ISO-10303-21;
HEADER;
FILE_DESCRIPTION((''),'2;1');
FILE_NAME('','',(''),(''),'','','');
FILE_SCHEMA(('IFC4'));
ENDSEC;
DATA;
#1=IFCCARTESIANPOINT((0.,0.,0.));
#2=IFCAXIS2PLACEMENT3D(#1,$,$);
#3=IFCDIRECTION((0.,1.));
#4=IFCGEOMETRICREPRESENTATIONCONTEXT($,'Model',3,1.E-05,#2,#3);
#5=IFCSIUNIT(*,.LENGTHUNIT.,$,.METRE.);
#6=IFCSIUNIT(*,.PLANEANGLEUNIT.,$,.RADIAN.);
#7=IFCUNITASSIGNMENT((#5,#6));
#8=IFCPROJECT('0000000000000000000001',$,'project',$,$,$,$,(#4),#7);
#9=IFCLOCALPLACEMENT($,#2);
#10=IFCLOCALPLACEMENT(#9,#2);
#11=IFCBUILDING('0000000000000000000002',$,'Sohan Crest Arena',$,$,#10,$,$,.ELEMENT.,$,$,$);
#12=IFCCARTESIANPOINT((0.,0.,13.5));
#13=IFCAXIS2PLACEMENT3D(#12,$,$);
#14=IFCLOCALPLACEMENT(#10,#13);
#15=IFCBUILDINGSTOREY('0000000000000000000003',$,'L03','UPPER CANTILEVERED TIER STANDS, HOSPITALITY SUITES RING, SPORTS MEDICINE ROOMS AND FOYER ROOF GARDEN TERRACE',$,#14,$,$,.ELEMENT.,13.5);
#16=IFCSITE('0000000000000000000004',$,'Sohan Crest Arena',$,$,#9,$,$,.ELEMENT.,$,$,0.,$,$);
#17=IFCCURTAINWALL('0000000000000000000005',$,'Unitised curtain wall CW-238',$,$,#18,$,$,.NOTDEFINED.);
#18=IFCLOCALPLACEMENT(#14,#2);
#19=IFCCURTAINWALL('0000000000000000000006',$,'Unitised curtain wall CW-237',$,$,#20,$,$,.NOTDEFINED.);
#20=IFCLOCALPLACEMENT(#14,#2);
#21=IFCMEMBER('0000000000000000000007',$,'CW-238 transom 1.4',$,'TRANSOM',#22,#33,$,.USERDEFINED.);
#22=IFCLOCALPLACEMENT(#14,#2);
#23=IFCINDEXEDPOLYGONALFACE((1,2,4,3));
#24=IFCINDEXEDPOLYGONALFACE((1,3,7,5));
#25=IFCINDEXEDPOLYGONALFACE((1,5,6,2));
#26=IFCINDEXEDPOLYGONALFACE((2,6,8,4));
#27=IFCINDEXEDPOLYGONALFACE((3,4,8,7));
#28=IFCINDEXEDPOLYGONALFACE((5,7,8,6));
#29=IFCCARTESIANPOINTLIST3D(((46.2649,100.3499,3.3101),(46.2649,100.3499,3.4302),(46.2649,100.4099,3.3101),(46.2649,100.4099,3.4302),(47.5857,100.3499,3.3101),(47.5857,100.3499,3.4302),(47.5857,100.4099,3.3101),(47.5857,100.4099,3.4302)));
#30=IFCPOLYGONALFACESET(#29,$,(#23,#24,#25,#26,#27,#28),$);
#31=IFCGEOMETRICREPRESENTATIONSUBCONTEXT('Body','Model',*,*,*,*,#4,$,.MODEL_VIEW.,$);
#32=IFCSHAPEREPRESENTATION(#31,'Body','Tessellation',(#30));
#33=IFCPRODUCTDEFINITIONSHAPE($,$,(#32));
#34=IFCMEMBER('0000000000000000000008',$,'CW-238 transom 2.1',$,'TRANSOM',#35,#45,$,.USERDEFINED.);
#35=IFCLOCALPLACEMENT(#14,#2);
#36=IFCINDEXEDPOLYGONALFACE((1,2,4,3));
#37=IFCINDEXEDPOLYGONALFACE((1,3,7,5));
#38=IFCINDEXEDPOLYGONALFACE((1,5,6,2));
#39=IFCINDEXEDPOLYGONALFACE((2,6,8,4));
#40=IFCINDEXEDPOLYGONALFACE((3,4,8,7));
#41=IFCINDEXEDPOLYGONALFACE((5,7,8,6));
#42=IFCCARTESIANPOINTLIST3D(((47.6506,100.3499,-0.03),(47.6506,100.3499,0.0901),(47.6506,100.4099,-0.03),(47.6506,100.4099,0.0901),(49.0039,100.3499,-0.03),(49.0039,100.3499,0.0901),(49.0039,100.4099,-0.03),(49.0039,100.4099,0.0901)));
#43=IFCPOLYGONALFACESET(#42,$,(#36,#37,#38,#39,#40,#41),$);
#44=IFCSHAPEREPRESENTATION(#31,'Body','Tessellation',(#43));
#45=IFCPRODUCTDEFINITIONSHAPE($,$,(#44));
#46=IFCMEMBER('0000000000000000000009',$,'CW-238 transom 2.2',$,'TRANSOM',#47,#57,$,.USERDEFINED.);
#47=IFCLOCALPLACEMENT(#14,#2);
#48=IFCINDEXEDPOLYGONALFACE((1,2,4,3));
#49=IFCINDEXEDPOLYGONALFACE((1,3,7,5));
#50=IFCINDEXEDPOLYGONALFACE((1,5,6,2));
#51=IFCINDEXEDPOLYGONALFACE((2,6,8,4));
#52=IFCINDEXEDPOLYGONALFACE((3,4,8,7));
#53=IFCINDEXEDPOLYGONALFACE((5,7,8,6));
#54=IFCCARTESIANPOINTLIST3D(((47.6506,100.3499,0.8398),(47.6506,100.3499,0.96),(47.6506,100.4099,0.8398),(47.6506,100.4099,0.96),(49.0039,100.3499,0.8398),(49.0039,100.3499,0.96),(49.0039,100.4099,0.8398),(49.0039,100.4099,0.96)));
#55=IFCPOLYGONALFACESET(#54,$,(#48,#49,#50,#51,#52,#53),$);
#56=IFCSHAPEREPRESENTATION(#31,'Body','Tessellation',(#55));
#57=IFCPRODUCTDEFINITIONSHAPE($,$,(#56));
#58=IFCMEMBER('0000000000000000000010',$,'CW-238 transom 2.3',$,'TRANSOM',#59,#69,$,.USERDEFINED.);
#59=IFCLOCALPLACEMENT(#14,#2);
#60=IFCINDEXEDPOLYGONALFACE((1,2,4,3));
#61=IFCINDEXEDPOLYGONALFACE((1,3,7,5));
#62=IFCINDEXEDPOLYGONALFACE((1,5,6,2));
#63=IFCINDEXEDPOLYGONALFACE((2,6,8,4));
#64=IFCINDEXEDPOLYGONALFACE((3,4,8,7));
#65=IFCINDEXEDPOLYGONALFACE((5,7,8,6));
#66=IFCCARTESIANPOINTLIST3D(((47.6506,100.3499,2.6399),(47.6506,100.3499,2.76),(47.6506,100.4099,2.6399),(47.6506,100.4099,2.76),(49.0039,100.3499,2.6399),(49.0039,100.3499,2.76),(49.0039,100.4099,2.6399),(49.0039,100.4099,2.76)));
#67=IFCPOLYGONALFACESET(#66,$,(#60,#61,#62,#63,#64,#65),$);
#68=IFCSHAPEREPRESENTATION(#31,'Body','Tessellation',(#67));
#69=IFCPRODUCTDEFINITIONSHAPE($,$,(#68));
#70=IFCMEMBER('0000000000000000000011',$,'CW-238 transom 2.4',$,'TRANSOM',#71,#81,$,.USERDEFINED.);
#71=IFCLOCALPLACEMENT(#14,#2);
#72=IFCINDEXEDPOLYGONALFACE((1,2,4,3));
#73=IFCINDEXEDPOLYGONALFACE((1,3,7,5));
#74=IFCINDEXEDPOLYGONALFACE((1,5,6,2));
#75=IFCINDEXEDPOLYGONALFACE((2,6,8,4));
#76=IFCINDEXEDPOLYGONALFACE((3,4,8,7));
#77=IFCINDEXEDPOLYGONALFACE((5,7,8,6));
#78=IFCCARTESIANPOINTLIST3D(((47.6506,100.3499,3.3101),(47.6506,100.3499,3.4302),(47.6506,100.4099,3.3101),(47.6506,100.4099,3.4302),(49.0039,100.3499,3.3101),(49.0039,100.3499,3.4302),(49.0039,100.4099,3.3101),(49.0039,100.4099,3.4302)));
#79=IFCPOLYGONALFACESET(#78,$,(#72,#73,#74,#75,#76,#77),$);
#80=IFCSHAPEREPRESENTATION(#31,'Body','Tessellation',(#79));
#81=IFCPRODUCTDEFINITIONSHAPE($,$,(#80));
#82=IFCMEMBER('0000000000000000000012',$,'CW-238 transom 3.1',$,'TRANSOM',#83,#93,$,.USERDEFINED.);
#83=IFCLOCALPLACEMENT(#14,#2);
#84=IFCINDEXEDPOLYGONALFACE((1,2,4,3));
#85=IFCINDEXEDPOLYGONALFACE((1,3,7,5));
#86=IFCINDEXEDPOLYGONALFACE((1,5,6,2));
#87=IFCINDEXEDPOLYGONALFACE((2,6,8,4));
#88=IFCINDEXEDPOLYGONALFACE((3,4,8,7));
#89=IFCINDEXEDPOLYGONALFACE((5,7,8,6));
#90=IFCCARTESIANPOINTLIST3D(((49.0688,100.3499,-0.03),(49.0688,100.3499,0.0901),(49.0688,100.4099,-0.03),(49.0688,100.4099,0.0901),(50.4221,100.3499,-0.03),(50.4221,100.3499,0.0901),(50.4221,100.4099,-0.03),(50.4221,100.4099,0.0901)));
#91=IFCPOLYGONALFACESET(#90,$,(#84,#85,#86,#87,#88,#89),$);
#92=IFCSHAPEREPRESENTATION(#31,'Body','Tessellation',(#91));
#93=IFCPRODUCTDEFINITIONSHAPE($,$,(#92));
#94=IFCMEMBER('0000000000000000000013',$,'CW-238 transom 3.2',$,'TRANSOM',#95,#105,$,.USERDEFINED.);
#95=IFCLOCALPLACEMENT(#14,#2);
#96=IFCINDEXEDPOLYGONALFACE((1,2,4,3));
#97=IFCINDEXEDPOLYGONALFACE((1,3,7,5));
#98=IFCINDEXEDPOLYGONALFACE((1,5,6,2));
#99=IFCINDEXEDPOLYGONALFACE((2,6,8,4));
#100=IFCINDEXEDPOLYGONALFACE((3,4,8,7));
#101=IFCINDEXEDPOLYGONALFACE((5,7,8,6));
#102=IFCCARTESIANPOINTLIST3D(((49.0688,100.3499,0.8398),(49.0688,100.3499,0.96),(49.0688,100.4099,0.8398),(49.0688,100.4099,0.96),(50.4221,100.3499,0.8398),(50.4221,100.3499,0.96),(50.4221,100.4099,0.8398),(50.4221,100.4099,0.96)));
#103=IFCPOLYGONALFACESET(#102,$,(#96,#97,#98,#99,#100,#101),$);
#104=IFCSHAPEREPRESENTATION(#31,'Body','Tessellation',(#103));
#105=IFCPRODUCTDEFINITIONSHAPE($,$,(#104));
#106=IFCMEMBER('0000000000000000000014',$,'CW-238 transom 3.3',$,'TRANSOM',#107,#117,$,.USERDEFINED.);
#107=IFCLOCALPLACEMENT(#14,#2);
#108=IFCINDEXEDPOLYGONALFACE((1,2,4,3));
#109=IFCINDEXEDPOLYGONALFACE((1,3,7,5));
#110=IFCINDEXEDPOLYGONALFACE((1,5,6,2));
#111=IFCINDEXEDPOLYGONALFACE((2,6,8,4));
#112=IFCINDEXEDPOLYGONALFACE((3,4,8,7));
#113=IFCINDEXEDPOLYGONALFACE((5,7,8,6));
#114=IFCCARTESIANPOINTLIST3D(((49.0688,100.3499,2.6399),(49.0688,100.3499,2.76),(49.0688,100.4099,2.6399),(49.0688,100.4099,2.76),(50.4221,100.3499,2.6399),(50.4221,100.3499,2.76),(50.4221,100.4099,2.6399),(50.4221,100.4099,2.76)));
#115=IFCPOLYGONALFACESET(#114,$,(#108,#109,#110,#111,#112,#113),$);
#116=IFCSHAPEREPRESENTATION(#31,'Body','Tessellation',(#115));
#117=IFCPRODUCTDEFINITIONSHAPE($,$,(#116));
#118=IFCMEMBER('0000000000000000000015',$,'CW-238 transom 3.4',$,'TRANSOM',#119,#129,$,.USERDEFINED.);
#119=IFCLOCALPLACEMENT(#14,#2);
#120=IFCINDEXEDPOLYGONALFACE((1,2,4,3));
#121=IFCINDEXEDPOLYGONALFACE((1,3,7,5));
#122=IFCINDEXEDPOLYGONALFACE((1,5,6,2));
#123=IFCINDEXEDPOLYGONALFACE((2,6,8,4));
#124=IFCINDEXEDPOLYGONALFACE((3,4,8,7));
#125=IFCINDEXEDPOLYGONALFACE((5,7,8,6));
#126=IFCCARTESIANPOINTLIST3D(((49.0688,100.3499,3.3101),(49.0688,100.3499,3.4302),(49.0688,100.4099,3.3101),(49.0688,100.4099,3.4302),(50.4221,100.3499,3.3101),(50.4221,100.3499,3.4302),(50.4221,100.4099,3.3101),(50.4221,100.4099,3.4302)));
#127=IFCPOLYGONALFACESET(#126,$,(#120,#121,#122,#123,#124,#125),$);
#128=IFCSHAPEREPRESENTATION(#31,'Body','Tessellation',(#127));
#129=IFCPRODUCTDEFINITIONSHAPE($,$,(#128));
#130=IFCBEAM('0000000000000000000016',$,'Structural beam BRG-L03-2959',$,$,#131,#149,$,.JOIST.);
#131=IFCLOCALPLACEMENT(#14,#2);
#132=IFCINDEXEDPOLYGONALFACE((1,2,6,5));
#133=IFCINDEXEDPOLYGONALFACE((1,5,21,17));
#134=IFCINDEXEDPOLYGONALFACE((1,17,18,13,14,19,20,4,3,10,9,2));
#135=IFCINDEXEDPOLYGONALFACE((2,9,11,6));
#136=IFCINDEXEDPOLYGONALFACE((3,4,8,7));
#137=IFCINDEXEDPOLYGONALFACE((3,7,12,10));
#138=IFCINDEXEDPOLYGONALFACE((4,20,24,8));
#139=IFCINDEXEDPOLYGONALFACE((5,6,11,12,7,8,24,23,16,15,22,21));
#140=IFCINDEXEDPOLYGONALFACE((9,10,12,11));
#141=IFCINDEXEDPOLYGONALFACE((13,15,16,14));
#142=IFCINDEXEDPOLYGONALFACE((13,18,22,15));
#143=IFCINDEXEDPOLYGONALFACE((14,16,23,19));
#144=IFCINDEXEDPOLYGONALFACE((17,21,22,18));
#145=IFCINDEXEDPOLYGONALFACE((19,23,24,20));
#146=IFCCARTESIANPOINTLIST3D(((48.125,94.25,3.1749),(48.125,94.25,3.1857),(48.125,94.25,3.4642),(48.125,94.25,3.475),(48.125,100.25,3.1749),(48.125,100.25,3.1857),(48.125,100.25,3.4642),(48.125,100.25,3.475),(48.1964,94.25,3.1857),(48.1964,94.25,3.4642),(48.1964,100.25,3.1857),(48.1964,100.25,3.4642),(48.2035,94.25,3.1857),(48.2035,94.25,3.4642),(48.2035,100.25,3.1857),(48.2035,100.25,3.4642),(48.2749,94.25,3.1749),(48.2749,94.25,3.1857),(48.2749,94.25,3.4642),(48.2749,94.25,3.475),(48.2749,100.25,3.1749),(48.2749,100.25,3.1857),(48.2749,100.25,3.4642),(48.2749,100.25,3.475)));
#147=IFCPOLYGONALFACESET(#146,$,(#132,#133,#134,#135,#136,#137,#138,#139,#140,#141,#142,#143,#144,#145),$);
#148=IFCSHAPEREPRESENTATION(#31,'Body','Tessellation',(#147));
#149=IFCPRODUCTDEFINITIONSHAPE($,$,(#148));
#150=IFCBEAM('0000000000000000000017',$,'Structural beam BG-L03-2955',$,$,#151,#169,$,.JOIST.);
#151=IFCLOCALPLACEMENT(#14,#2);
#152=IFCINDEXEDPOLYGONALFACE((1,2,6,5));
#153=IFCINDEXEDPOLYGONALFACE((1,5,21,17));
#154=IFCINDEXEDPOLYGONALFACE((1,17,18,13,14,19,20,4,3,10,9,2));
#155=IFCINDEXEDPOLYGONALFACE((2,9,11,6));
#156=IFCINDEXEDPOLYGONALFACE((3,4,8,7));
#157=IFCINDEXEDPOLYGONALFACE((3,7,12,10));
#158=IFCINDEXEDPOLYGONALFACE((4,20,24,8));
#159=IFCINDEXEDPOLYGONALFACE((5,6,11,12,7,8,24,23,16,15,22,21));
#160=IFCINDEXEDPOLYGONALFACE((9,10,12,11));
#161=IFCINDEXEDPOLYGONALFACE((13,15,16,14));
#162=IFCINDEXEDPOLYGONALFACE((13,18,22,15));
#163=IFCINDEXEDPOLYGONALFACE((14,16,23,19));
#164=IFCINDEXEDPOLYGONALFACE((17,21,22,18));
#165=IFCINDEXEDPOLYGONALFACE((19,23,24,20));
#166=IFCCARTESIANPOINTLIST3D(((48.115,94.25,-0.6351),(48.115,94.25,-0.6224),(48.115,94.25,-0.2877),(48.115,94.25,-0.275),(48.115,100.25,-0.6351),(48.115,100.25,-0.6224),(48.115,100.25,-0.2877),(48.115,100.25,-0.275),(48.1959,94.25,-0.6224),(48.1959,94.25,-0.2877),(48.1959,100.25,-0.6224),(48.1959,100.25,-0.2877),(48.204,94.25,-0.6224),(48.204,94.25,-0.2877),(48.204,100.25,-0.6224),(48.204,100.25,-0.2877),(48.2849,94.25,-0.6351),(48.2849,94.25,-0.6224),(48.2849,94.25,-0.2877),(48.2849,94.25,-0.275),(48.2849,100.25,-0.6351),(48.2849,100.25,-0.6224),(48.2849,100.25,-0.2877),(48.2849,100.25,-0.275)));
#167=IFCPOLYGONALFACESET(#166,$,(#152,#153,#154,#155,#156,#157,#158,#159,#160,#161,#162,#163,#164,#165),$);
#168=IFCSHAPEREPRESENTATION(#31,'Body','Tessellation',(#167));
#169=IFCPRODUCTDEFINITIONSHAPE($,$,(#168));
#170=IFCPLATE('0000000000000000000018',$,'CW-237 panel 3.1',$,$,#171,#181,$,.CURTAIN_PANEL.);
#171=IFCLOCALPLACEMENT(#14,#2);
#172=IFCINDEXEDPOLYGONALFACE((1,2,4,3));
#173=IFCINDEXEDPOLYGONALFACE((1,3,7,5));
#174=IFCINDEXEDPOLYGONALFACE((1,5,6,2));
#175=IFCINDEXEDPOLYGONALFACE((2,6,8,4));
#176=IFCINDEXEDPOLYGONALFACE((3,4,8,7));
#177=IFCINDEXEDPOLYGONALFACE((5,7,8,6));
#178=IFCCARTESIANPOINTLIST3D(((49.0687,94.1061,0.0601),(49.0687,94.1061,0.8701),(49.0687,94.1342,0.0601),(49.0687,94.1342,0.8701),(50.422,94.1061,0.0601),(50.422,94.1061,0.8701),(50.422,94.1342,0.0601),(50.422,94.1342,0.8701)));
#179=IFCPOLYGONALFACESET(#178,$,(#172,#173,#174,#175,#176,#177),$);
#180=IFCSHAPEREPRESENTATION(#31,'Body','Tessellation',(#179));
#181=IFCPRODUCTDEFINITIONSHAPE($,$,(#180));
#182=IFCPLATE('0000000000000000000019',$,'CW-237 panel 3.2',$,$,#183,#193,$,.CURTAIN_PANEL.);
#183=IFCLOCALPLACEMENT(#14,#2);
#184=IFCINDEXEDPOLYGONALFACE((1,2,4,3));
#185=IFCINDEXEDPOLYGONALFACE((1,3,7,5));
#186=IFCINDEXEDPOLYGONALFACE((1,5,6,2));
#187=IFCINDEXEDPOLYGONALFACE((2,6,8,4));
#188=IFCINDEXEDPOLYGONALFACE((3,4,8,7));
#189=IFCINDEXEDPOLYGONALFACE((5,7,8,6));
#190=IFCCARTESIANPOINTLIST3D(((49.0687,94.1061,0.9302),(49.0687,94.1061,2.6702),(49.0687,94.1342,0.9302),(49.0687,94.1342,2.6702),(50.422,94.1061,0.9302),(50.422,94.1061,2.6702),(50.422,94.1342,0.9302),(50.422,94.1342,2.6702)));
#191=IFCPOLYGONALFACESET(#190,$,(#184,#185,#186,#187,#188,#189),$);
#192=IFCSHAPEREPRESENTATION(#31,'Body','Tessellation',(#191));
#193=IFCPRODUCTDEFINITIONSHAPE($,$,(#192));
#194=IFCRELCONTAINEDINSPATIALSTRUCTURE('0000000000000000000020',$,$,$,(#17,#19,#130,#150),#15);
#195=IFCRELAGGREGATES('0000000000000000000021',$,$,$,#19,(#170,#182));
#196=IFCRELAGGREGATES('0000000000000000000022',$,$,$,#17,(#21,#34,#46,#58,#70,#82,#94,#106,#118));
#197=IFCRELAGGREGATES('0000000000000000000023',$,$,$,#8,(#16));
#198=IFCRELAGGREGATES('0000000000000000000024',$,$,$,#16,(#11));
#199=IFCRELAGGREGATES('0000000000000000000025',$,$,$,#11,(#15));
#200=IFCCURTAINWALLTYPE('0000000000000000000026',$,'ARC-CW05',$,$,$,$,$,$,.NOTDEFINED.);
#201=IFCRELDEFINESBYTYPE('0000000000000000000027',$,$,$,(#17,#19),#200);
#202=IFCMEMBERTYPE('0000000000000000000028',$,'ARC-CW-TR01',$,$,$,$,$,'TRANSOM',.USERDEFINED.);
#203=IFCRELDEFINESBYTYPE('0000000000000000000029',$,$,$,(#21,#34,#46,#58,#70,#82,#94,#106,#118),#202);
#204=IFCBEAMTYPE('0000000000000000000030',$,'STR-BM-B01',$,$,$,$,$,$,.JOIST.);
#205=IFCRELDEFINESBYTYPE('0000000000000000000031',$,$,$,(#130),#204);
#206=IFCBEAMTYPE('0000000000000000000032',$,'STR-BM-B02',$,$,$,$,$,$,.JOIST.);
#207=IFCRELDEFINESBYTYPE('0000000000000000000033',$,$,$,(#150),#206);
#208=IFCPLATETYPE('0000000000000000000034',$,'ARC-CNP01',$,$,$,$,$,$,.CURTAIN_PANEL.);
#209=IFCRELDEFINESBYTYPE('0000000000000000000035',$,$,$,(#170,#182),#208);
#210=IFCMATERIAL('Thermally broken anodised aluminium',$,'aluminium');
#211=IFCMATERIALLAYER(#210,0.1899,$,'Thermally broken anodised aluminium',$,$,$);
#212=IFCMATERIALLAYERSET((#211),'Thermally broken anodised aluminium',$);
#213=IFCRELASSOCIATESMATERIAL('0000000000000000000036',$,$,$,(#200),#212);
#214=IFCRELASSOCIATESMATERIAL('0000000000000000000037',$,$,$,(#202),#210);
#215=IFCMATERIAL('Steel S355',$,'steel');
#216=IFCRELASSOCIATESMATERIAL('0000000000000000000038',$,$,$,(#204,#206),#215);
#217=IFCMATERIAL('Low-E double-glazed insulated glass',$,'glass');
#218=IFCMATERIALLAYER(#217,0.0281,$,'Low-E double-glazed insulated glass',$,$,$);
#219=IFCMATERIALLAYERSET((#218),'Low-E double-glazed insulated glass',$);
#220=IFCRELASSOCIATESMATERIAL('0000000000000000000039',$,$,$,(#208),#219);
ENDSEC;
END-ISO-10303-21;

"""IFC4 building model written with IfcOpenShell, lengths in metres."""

from ifc_helpers import new_model, si_unit, direction, frame, origin, origin_2d, place, context, subcontext, project, spatial, rectangle, i_section, extrude, material, layer, layer_set, material_profile, profile_set, type_object, element, aggregate, save


model = new_model("IFC4")

# Units and contexts
model_context = context("Model", 3, precision=1e-05, world=origin(), true_north=direction((0.0, 1.0)))
body_context = subcontext(model_context, "Body", "Model", "MODEL_VIEW")
ifc_project = project(units=[si_unit("LENGTHUNIT", "METRE"), si_unit("PLANEANGLEUNIT", "RADIAN")], contexts=[model_context])

# Site, building, storey
site_placement = place(None, origin())
site = spatial("IfcSite", under=ifc_project, at=site_placement, Name="Sohan Crest Arena", CompositionType="ELEMENT", RefElevation=0.0)
building_placement = place(site_placement, origin())
building = spatial("IfcBuilding", under=site, at=building_placement, Name="Sohan Crest Arena", CompositionType="ELEMENT")
storey_placement = place(building_placement, frame((0.0, 0.0, 13.5)))
storey = spatial("IfcBuildingStorey", under=building, at=storey_placement, Name="L03", Description="UPPER CANTILEVERED TIER STANDS, HOSPITALITY SUITES RING, SPORTS MEDICINE ROOMS AND FOYER ROOF GARDEN TERRACE", CompositionType="ELEMENT", Elevation=13.5)

# Shared definitions
ifc_material_1 = material(Name="Steel S355", Category="steel")

# Curtain walls
ifc_material_2 = material(Name="Thermally broken anodised aluminium", Category="aluminium")
ifc_layer_1 = layer(ifc_material_2, 0.1899, Name="Thermally broken anodised aluminium")
ifc_layer_set_1 = layer_set([ifc_layer_1], Name="Thermally broken anodised aluminium")
curtain_wall_type = type_object("IfcCurtainWallType", Name="ARC-CW05", PredefinedType="NOTDEFINED", material=ifc_layer_set_1)
curtain_wall_1_placement = place(storey_placement, origin())
curtain_wall_1 = element("IfcCurtainWall", 1, at=curtain_wall_1_placement, inside=storey, type_object=curtain_wall_type, Name="Unitised curtain wall CW-238", PredefinedType="NOTDEFINED")
curtain_wall_2_placement = place(storey_placement, origin())
curtain_wall_2 = element("IfcCurtainWall", 2, at=curtain_wall_2_placement, inside=storey, type_object=curtain_wall_type, Name="Unitised curtain wall CW-237", PredefinedType="NOTDEFINED")
ifc_material_profile_1 = material_profile(ifc_material_2, rectangle(XDim=0.0601, YDim=0.1201, at=origin_2d()), Name="ALU-TRAN 60x120")
ifc_profile_set_1 = profile_set([ifc_material_profile_1], Name="Thermally broken anodised aluminium")
member_type_1 = type_object("IfcMemberType", Name="ARC-CW-TR01", ElementType="TRANSOM", PredefinedType="USERDEFINED", material=ifc_profile_set_1)

# Members
member_1_placement = place(storey_placement, frame((46.2649, 100.3799, 3.3701), z_axis=(1.0, 0.0, 0.0), x_axis=(0.0, 1.0, 0.0)))
member_1 = element("IfcMember", 3, at=member_1_placement, type_object=member_type_1, Name="CW-238 transom 1.4", ObjectType="TRANSOM", PredefinedType="USERDEFINED", context=body_context, shape_type="SweptSolid", body=[
    extrude(rectangle(XDim=0.0601, YDim=0.1201, at=origin_2d()), origin(), (0.0, 0.0, 1.0), 1.3208),
])
member_2_placement = place(storey_placement, frame((47.6506, 100.3799, 0.03), z_axis=(1.0, 0.0, 0.0), x_axis=(0.0, 1.0, 0.0)))
member_2 = element("IfcMember", 4, at=member_2_placement, type_object=member_type_1, Name="CW-238 transom 2.1", ObjectType="TRANSOM", PredefinedType="USERDEFINED", context=body_context, shape_type="SweptSolid", body=[
    extrude(rectangle(XDim=0.0601, YDim=0.1201, at=origin_2d()), origin(), (0.0, 0.0, 1.0), 1.3533),
])
member_3_placement = place(storey_placement, frame((47.6506, 100.3799, 0.8999), z_axis=(1.0, 0.0, 0.0), x_axis=(0.0, 1.0, 0.0)))
member_3 = element("IfcMember", 5, at=member_3_placement, type_object=member_type_1, Name="CW-238 transom 2.2", ObjectType="TRANSOM", PredefinedType="USERDEFINED", context=body_context, shape_type="SweptSolid", body=[
    extrude(rectangle(XDim=0.0601, YDim=0.1201, at=origin_2d()), origin(), (0.0, 0.0, 1.0), 1.3533),
])
member_4_placement = place(storey_placement, frame((47.6506, 100.3799, 2.7), z_axis=(1.0, 0.0, 0.0), x_axis=(0.0, 1.0, 0.0)))
member_4 = element("IfcMember", 6, at=member_4_placement, type_object=member_type_1, Name="CW-238 transom 2.3", ObjectType="TRANSOM", PredefinedType="USERDEFINED", context=body_context, shape_type="SweptSolid", body=[
    extrude(rectangle(XDim=0.0601, YDim=0.1201, at=origin_2d()), origin(), (0.0, 0.0, 1.0), 1.3533),
])
member_5_placement = place(storey_placement, frame((47.6506, 100.3799, 3.3701), z_axis=(1.0, 0.0, 0.0), x_axis=(0.0, 1.0, 0.0)))
member_5 = element("IfcMember", 7, at=member_5_placement, type_object=member_type_1, Name="CW-238 transom 2.4", ObjectType="TRANSOM", PredefinedType="USERDEFINED", context=body_context, shape_type="SweptSolid", body=[
    extrude(rectangle(XDim=0.0601, YDim=0.1201, at=origin_2d()), origin(), (0.0, 0.0, 1.0), 1.3533),
])
member_6_placement = place(storey_placement, frame((49.0688, 100.3799, 0.03), z_axis=(1.0, 0.0, 0.0), x_axis=(0.0, 1.0, 0.0)))
member_6 = element("IfcMember", 8, at=member_6_placement, type_object=member_type_1, Name="CW-238 transom 3.1", ObjectType="TRANSOM", PredefinedType="USERDEFINED", context=body_context, shape_type="SweptSolid", body=[
    extrude(rectangle(XDim=0.0601, YDim=0.1201, at=origin_2d()), origin(), (0.0, 0.0, 1.0), 1.3533),
])
member_7_placement = place(storey_placement, frame((49.0688, 100.3799, 0.8999), z_axis=(1.0, 0.0, 0.0), x_axis=(0.0, 1.0, 0.0)))
member_7 = element("IfcMember", 9, at=member_7_placement, type_object=member_type_1, Name="CW-238 transom 3.2", ObjectType="TRANSOM", PredefinedType="USERDEFINED", context=body_context, shape_type="SweptSolid", body=[
    extrude(rectangle(XDim=0.0601, YDim=0.1201, at=origin_2d()), origin(), (0.0, 0.0, 1.0), 1.3533),
])
member_8_placement = place(storey_placement, frame((49.0688, 100.3799, 2.7), z_axis=(1.0, 0.0, 0.0), x_axis=(0.0, 1.0, 0.0)))
member_8 = element("IfcMember", 10, at=member_8_placement, type_object=member_type_1, Name="CW-238 transom 3.3", ObjectType="TRANSOM", PredefinedType="USERDEFINED", context=body_context, shape_type="SweptSolid", body=[
    extrude(rectangle(XDim=0.0601, YDim=0.1201, at=origin_2d()), origin(), (0.0, 0.0, 1.0), 1.3533),
])
member_9_placement = place(storey_placement, frame((49.0688, 100.3799, 3.3701), z_axis=(1.0, 0.0, 0.0), x_axis=(0.0, 1.0, 0.0)))
member_9 = element("IfcMember", 11, at=member_9_placement, type_object=member_type_1, Name="CW-238 transom 3.4", ObjectType="TRANSOM", PredefinedType="USERDEFINED", context=body_context, shape_type="SweptSolid", body=[
    extrude(rectangle(XDim=0.0601, YDim=0.1201, at=origin_2d()), origin(), (0.0, 0.0, 1.0), 1.3533),
])

# Beams
ifc_material_profile_2 = material_profile(ifc_material_1, i_section(OverallWidth=0.1499, OverallDepth=0.3, WebThickness=0.0071, FlangeThickness=0.0107, at=origin_2d()), Name="IPE 300")
ifc_profile_set_2 = profile_set([ifc_material_profile_2], Name="Steel S355")
beam_type_1 = type_object("IfcBeamType", Name="STR-BM-B01", PredefinedType="JOIST", material=ifc_profile_set_2)
beam_1_placement = place(storey_placement, frame((48.2, 94.25, 3.325), z_axis=(0.0, 1.0, 0.0), x_axis=(-1.0, 0.0, 0.0)))
element("IfcBeam", 12, at=beam_1_placement, inside=storey, type_object=beam_type_1, Name="Structural beam BRG-L03-2959", PredefinedType="JOIST", context=body_context, shape_type="SweptSolid", body=[
    extrude(i_section(OverallWidth=0.1499, OverallDepth=0.3, WebThickness=0.0071, FlangeThickness=0.0107, at=origin_2d()), origin(), (0.0, 0.0, 1.0), 6.0),
])
ifc_material_profile_3 = material_profile(ifc_material_1, i_section(OverallWidth=0.1699, OverallDepth=0.3601, WebThickness=0.0081, FlangeThickness=0.0127, at=origin_2d()), Name="IPE 360")
ifc_profile_set_3 = profile_set([ifc_material_profile_3], Name="Steel S355")
beam_type_2 = type_object("IfcBeamType", Name="STR-BM-B02", PredefinedType="JOIST", material=ifc_profile_set_3)
beam_2_placement = place(storey_placement, frame((48.2, 94.25, -0.4551), z_axis=(0.0, 1.0, 0.0), x_axis=(-1.0, 0.0, 0.0)))
element("IfcBeam", 13, at=beam_2_placement, inside=storey, type_object=beam_type_2, Name="Structural beam BG-L03-2955", PredefinedType="JOIST", context=body_context, shape_type="SweptSolid", body=[
    extrude(i_section(OverallWidth=0.1699, OverallDepth=0.3601, WebThickness=0.0081, FlangeThickness=0.0127, at=origin_2d()), origin(), (0.0, 0.0, 1.0), 6.0),
])

# Plates
ifc_material_3 = material(Name="Low-E double-glazed insulated glass", Category="glass")
ifc_layer_2 = layer(ifc_material_3, 0.0281, Name="Low-E double-glazed insulated glass")
ifc_layer_set_2 = layer_set([ifc_layer_2], Name="Low-E double-glazed insulated glass")
plate_type_1 = type_object("IfcPlateType", Name="ARC-CNP01", PredefinedType="CURTAIN_PANEL", material=ifc_layer_set_2)
plate_1_placement = place(storey_placement, frame((49.7454, 94.1201, 0.0601), z_axis=(0.0, 0.0, 1.0), x_axis=(1.0, 0.0, 0.0)))
plate_1 = element("IfcPlate", 14, at=plate_1_placement, type_object=plate_type_1, Name="CW-237 panel 3.1", PredefinedType="CURTAIN_PANEL", context=body_context, shape_type="SweptSolid", body=[
    extrude(rectangle(XDim=1.3533, YDim=0.0281, at=origin_2d()), origin(), (0.0, 0.0, 1.0), 0.8101),
])
plate_2_placement = place(storey_placement, frame((49.7454, 94.1201, 0.9302), z_axis=(0.0, 0.0, 1.0), x_axis=(1.0, 0.0, 0.0)))
plate_2 = element("IfcPlate", 15, at=plate_2_placement, type_object=plate_type_1, Name="CW-237 panel 3.2", PredefinedType="CURTAIN_PANEL", context=body_context, shape_type="SweptSolid", body=[
    extrude(rectangle(XDim=1.3533, YDim=0.0281, at=origin_2d()), origin(), (0.0, 0.0, 1.0), 1.74),
])
aggregate(curtain_wall_2, [plate_1, plate_2])
aggregate(curtain_wall_1, [member_1, member_2, member_3, member_4, member_5, member_6, member_7, member_8, member_9])

save(model, "model.ifc")
